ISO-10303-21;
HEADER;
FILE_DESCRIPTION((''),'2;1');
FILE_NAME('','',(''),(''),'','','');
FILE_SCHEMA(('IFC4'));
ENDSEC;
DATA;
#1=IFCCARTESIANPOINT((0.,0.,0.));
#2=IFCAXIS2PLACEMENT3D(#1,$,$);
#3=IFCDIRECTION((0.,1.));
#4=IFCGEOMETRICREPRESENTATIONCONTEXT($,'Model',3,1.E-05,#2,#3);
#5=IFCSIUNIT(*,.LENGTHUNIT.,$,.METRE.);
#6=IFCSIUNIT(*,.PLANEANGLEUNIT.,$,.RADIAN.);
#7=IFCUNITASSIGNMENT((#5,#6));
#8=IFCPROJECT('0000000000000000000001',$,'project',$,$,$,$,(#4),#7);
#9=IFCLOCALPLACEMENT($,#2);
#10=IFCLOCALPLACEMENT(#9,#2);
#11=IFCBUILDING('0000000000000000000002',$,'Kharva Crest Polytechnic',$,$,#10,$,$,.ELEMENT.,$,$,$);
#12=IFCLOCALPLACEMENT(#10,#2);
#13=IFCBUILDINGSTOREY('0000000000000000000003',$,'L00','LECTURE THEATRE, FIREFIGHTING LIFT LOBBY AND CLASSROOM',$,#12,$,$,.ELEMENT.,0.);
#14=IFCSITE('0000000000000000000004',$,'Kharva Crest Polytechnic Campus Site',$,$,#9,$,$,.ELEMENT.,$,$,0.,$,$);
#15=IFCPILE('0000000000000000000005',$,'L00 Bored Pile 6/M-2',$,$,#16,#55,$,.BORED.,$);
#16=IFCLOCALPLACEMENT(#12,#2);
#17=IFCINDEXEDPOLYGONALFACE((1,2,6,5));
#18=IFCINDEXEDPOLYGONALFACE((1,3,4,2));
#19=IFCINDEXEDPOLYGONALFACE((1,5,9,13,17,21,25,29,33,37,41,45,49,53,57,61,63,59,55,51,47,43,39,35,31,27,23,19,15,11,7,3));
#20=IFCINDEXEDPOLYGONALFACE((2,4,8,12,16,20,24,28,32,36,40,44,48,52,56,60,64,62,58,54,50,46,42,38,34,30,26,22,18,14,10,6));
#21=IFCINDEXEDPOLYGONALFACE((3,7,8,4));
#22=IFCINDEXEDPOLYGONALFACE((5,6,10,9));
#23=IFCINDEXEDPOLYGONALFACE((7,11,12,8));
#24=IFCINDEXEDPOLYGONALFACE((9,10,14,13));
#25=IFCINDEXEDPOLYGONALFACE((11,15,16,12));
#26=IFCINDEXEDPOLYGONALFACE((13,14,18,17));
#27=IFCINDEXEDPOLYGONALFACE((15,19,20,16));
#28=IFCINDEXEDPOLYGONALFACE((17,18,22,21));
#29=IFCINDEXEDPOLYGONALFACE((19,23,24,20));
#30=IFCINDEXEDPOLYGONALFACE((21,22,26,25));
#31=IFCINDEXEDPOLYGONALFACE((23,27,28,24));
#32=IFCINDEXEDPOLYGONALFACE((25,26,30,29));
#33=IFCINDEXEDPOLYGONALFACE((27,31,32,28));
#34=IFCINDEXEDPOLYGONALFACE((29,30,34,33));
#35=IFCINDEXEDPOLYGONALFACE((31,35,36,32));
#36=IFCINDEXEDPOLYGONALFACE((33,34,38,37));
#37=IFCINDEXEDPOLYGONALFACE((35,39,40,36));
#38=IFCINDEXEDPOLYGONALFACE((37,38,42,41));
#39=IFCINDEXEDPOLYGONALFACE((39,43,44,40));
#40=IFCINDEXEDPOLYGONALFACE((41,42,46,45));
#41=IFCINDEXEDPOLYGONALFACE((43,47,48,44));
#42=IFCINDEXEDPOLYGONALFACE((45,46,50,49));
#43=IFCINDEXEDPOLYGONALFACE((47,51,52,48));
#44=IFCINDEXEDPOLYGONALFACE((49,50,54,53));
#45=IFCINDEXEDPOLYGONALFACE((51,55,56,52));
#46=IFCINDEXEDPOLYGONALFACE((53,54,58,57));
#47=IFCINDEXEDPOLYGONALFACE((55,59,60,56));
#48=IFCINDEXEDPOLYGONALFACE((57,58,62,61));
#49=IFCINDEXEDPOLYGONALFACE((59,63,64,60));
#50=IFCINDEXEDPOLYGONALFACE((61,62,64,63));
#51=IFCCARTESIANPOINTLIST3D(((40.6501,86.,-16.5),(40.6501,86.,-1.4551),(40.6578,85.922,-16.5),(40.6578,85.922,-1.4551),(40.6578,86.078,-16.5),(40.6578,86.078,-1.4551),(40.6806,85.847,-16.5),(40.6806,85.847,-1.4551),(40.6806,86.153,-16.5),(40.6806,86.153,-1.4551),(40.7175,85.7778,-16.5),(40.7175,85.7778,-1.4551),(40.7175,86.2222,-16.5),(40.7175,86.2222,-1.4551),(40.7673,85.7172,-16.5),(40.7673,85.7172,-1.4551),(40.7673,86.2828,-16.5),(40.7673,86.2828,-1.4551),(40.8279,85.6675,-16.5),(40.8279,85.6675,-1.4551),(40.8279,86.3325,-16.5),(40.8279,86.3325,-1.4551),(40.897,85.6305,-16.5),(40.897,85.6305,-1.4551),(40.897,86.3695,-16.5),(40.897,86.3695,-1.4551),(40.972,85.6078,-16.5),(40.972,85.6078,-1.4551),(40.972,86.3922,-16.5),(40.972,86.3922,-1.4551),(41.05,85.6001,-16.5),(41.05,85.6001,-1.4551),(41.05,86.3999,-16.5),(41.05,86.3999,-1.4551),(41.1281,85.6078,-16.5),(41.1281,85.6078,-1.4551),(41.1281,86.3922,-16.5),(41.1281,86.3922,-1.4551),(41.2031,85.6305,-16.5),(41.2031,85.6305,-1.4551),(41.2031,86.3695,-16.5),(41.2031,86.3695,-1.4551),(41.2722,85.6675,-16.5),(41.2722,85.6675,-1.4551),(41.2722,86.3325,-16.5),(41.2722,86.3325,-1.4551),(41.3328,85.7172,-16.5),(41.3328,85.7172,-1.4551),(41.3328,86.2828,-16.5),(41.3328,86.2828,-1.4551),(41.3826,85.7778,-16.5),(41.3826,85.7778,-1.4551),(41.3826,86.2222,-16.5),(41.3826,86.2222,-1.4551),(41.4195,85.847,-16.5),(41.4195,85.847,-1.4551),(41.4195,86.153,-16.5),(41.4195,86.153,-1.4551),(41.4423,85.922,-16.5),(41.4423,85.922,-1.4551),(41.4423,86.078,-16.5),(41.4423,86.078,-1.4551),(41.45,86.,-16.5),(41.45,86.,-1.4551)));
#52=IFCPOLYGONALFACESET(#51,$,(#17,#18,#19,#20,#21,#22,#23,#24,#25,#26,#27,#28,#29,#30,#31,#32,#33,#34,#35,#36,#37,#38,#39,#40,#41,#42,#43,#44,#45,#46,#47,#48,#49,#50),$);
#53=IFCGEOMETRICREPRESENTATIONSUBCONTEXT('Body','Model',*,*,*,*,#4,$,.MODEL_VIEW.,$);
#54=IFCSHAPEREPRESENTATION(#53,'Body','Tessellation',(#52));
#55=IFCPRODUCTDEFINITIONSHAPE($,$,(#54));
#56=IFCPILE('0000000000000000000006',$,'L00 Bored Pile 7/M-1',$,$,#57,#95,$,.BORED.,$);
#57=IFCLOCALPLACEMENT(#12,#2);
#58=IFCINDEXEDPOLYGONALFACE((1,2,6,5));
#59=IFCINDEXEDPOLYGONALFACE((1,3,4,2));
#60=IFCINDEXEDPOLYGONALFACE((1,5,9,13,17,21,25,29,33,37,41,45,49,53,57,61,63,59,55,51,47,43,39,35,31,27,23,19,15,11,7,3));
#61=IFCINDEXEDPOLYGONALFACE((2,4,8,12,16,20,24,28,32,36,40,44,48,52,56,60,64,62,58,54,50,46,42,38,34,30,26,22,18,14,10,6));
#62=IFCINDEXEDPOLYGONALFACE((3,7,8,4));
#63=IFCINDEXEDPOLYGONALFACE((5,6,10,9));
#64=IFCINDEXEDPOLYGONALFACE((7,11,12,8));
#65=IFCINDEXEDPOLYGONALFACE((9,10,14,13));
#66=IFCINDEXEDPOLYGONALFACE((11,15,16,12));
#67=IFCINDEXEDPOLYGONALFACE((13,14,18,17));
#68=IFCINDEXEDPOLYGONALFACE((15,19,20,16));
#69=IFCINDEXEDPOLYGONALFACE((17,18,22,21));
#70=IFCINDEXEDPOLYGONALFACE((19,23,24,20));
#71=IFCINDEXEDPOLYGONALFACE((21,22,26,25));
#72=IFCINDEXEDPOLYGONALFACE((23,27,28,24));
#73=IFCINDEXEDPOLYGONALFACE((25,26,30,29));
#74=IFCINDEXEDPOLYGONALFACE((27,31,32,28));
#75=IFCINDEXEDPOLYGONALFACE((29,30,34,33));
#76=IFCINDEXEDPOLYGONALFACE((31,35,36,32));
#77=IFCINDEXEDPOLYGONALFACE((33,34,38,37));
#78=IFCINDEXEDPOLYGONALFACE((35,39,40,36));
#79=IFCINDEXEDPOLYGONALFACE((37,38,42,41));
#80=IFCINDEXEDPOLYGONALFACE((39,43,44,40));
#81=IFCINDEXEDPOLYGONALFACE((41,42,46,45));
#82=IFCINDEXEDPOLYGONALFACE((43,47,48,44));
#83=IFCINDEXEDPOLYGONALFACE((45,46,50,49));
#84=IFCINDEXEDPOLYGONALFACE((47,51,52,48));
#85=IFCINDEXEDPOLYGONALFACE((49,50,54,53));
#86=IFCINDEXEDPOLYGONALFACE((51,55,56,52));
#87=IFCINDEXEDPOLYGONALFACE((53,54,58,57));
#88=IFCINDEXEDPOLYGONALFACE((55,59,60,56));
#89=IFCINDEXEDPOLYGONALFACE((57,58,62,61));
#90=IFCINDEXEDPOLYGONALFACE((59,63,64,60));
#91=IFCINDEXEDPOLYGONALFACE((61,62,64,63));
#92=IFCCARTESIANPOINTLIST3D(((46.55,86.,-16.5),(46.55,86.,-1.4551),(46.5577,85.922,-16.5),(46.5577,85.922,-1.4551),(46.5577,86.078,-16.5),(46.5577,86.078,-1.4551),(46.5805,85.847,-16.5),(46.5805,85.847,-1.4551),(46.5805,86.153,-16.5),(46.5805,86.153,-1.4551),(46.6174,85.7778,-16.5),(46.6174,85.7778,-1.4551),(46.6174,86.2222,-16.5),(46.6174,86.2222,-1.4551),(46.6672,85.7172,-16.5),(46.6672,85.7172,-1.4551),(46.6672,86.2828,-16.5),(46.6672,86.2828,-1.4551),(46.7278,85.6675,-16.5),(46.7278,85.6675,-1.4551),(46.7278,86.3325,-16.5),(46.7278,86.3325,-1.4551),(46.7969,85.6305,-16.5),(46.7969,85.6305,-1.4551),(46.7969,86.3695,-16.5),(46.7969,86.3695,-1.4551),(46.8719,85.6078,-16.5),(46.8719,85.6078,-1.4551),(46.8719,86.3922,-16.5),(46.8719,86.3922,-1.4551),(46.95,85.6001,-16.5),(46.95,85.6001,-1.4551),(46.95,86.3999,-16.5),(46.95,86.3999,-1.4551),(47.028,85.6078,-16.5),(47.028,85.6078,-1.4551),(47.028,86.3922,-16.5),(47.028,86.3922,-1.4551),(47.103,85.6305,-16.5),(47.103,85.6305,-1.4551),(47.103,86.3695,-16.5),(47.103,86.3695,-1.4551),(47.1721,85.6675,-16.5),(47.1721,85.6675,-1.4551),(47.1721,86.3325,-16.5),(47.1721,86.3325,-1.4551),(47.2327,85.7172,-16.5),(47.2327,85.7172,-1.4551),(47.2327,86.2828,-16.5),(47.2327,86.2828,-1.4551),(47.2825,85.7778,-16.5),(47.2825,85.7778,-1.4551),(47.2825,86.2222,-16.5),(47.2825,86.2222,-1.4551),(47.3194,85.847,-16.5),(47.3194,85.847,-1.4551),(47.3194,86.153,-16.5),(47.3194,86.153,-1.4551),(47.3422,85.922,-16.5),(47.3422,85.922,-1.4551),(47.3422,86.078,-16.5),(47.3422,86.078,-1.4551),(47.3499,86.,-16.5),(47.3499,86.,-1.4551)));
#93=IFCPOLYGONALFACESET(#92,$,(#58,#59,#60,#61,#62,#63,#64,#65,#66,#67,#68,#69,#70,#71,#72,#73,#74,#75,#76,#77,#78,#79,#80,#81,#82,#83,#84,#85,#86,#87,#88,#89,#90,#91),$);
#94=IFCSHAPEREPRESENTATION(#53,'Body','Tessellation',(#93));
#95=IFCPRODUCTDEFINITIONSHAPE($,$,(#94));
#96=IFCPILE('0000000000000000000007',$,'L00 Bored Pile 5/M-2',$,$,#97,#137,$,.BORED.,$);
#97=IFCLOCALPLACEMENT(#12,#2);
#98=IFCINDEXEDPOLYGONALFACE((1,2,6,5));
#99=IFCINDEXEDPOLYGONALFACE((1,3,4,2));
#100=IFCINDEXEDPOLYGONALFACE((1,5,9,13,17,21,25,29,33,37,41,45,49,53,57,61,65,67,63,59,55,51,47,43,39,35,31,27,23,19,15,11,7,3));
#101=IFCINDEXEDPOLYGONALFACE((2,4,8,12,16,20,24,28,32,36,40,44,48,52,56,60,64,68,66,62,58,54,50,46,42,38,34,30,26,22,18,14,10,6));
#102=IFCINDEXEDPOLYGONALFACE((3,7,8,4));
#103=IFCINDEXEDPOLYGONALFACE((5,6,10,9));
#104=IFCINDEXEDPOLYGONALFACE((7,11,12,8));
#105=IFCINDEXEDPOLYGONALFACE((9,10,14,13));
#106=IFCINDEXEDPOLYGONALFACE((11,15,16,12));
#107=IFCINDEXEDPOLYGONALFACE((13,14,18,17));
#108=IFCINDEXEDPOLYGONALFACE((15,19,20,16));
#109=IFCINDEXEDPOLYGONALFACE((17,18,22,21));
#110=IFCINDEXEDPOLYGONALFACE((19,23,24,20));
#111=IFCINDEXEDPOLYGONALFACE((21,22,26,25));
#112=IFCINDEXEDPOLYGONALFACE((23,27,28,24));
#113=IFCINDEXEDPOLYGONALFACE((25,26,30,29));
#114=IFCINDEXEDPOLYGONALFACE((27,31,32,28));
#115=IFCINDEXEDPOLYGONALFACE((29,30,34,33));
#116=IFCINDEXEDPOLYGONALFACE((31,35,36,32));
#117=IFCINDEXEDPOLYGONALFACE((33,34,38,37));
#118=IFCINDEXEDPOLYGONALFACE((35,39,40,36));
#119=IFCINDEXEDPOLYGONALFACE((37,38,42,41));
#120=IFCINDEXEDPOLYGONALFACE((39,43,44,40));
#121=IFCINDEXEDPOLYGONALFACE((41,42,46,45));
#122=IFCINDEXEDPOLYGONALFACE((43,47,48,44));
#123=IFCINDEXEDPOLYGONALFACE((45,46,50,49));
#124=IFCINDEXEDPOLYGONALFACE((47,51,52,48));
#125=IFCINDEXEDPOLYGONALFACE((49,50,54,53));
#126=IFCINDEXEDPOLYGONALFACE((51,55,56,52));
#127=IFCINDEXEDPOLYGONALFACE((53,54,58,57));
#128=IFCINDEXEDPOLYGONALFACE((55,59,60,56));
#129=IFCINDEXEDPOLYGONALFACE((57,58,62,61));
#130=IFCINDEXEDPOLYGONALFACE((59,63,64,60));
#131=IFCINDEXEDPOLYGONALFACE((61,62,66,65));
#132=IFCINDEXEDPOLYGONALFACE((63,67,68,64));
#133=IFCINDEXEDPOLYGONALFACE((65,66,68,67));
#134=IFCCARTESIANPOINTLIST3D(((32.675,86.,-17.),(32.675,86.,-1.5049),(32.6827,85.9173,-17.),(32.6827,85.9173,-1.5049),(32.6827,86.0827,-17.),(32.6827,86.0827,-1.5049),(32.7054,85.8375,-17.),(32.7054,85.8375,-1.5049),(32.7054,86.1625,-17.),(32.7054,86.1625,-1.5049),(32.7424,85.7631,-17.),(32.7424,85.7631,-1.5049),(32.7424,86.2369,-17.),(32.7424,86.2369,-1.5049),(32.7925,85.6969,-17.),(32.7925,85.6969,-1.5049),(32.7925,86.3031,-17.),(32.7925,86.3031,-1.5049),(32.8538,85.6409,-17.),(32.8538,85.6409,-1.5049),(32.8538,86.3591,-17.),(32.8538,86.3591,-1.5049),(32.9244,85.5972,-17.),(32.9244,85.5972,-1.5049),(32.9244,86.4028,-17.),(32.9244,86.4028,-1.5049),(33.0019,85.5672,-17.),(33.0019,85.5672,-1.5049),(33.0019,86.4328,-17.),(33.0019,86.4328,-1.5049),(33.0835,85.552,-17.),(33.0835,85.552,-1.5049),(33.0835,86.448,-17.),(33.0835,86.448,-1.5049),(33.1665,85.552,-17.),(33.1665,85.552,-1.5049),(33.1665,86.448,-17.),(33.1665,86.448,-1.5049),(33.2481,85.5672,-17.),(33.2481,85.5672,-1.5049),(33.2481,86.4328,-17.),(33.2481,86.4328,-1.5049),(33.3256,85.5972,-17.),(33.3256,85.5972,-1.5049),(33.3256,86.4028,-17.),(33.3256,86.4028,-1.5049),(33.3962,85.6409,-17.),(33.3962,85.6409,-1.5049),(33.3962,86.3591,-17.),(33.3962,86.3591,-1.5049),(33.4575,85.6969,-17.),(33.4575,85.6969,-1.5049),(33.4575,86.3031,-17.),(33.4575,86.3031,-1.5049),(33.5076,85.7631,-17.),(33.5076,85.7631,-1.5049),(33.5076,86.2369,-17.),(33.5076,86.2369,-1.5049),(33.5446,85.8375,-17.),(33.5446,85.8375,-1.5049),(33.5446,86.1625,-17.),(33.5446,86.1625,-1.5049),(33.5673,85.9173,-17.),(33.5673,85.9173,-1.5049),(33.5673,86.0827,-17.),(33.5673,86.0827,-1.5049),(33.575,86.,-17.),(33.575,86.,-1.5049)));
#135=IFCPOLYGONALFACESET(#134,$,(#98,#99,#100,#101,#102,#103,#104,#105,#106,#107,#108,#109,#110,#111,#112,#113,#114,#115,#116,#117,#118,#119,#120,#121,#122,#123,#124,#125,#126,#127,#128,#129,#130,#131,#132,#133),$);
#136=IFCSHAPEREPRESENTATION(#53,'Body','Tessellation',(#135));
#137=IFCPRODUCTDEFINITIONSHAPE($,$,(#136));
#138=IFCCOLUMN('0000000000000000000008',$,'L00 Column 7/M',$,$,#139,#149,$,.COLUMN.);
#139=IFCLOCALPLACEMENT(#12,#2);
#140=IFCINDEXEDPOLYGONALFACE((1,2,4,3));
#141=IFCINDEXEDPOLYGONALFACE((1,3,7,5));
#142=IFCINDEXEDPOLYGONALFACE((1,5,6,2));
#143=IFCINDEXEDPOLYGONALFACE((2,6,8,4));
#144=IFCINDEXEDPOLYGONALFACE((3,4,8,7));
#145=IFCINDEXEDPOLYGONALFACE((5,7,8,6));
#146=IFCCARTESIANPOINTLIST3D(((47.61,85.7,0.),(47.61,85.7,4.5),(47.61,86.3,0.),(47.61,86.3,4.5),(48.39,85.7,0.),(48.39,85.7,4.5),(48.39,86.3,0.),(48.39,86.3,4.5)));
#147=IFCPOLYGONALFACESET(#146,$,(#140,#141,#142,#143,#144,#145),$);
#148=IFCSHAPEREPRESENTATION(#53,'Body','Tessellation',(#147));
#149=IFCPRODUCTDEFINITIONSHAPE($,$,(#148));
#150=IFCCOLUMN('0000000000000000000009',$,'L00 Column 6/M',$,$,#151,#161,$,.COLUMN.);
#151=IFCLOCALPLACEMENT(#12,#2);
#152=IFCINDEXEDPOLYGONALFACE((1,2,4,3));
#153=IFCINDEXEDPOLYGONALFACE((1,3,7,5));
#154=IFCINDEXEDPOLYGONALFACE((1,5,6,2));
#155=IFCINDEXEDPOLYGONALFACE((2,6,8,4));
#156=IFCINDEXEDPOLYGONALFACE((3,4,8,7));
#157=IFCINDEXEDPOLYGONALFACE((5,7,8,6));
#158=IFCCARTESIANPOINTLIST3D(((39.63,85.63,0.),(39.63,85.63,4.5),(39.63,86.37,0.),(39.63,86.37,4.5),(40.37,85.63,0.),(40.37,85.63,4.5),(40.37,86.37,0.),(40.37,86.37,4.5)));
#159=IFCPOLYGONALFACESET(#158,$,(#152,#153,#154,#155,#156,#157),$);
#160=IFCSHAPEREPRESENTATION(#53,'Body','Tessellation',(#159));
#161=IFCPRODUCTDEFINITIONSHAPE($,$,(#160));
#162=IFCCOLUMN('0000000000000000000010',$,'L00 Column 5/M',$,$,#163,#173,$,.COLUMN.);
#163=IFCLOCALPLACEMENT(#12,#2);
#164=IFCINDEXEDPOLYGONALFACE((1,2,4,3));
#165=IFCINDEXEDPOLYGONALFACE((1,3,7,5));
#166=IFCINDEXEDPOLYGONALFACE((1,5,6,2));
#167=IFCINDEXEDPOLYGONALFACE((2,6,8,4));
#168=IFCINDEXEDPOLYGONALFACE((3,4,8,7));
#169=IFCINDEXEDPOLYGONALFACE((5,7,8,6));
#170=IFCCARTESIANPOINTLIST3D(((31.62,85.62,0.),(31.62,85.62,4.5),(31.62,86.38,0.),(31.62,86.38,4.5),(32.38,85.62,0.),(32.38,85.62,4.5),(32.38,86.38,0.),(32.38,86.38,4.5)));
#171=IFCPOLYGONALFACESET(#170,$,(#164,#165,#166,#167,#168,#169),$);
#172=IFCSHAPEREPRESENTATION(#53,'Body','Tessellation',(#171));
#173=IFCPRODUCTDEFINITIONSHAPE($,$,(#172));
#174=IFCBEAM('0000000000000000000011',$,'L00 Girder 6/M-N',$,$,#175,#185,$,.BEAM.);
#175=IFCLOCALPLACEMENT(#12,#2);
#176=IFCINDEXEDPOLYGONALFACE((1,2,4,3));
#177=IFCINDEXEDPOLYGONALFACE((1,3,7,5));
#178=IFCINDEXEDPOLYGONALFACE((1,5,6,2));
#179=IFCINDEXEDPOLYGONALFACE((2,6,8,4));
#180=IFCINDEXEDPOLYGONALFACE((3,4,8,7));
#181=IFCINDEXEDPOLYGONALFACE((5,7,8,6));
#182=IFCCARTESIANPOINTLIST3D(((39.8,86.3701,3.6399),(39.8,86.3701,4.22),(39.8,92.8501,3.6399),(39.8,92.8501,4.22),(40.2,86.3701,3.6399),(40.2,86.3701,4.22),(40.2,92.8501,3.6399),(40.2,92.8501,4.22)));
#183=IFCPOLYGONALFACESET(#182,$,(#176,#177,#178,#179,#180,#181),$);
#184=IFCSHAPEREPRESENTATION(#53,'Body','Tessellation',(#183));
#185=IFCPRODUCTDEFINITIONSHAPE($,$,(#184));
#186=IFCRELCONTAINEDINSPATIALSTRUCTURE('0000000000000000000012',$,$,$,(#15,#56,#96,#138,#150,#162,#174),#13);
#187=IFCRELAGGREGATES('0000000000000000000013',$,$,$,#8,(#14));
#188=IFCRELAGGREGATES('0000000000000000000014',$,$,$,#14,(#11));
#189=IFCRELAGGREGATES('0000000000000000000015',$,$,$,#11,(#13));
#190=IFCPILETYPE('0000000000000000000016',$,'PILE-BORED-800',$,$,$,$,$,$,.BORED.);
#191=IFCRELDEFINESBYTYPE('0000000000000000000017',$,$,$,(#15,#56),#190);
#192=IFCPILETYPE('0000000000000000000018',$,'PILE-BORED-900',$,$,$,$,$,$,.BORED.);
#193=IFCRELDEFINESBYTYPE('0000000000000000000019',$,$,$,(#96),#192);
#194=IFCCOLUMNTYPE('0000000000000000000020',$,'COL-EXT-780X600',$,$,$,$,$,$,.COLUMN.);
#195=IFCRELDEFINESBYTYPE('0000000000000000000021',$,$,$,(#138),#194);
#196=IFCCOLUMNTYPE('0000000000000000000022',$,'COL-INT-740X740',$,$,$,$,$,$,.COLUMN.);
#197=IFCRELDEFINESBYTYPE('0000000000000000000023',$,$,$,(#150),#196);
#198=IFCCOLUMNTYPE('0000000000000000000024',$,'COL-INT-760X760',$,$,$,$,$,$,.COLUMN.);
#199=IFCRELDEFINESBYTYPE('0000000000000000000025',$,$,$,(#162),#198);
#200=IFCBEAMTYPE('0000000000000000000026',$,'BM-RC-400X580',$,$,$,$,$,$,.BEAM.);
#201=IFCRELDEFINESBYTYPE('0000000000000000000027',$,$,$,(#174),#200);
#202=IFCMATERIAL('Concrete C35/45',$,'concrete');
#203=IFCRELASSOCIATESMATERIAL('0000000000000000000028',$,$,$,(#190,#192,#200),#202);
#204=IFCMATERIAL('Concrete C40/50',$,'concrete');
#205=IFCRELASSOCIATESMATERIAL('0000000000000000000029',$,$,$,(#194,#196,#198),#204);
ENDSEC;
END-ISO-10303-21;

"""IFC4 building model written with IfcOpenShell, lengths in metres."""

from ifc_helpers import new_model, si_unit, direction, frame, origin, origin_2d, place, context, subcontext, project, spatial, rectangle, circle, extrude, material, material_profile, profile_set, type_object, element, save


model = new_model("IFC4")

# Units and contexts
model_context = context("Model", 3, precision=1e-05, world=origin(), true_north=direction((0.0, 1.0)))
body_context = subcontext(model_context, "Body", "Model", "MODEL_VIEW")
ifc_project = project(units=[si_unit("LENGTHUNIT", "METRE"), si_unit("PLANEANGLEUNIT", "RADIAN")], contexts=[model_context])

# Site, building, storey
site_placement = place(None, origin())
site = spatial("IfcSite", under=ifc_project, at=site_placement, Name="Kharva Crest Polytechnic Campus Site", CompositionType="ELEMENT", RefElevation=0.0)
building_placement = place(site_placement, origin())
building = spatial("IfcBuilding", under=site, at=building_placement, Name="Kharva Crest Polytechnic", CompositionType="ELEMENT")
storey_placement = place(building_placement, origin())
storey = spatial("IfcBuildingStorey", under=building, at=storey_placement, Name="L00", Description="LECTURE THEATRE, FIREFIGHTING LIFT LOBBY AND CLASSROOM", CompositionType="ELEMENT", Elevation=0.0)

# Shared definitions
ifc_material_1 = material(Name="Concrete C35/45", Category="concrete")

# Piles
ifc_material_profile_1 = material_profile(ifc_material_1, circle(Radius=0.3999, at=origin_2d()), Name="DIA 800")
ifc_profile_set_1 = profile_set([ifc_material_profile_1], Name="Concrete C35/45")
pile_type_1 = type_object("IfcPileType", Name="PILE-BORED-800", PredefinedType="BORED", material=ifc_profile_set_1)
for number, where, z_axis, x_axis, name in (
    (1, (41.05, 86.0, -1.4551), (0.0, 0.0, -1.0), (1.0, 0.0, 0.0), "L00 Bored Pile 6/M-2"),
    (2, (46.95, 86.0, -1.4551), (0.0, 0.0, -1.0), (1.0, 0.0, 0.0), "L00 Bored Pile 7/M-1"),
):
    element("IfcPile", number, at=place(storey_placement, frame(where, z_axis=z_axis, x_axis=x_axis)), inside=storey, type_object=pile_type_1, Name=name, PredefinedType="BORED", context=body_context, shape_type="SweptSolid", body=[
        extrude(circle(Radius=0.3999, at=origin_2d()), origin(), (0.0, 0.0, 1.0), 15.0449),
    ])
ifc_material_profile_2 = material_profile(ifc_material_1, circle(Radius=0.45, at=origin_2d()), Name="DIA 900")
ifc_profile_set_2 = profile_set([ifc_material_profile_2], Name="Concrete C35/45")
pile_type_2 = type_object("IfcPileType", Name="PILE-BORED-900", PredefinedType="BORED", material=ifc_profile_set_2)
pile_placement = place(storey_placement, frame((33.125, 86.0, -1.5049), z_axis=(0.0, 0.0, -1.0), x_axis=(1.0, 0.0, 0.0)))
element("IfcPile", 3, at=pile_placement, inside=storey, type_object=pile_type_2, Name="L00 Bored Pile 5/M-2", PredefinedType="BORED", context=body_context, shape_type="SweptSolid", body=[
    extrude(circle(Radius=0.45, at=origin_2d()), origin(), (0.0, 0.0, 1.0), 15.4951),
])

# Columns
ifc_material_2 = material(Name="Concrete C40/50", Category="concrete")
ifc_material_profile_3 = material_profile(ifc_material_2, rectangle(XDim=0.78, YDim=0.6001, at=origin_2d()), Name="RECT 780 X 600")
ifc_profile_set_3 = profile_set([ifc_material_profile_3], Name="Concrete C40/50")
column_type_1 = type_object("IfcColumnType", Name="COL-EXT-780X600", PredefinedType="COLUMN", material=ifc_profile_set_3)
column_1_placement = place(storey_placement, frame((48.0, 86.0, 0.0), z_axis=(0.0, 0.0, 1.0), x_axis=(1.0, 0.0, 0.0)))
element("IfcColumn", 4, at=column_1_placement, inside=storey, type_object=column_type_1, Name="L00 Column 7/M", PredefinedType="COLUMN", context=body_context, shape_type="SweptSolid", body=[
    extrude(rectangle(XDim=0.78, YDim=0.6001, at=origin_2d()), origin(), (0.0, 0.0, 1.0), 4.5),
])
ifc_material_profile_4 = material_profile(ifc_material_2, rectangle(XDim=0.74, YDim=0.74, at=origin_2d()), Name="RECT 740 X 740")
ifc_profile_set_4 = profile_set([ifc_material_profile_4], Name="Concrete C40/50")
column_type_2 = type_object("IfcColumnType", Name="COL-INT-740X740", PredefinedType="COLUMN", material=ifc_profile_set_4)
column_2_placement = place(storey_placement, frame((40.0, 86.0, 0.0), z_axis=(0.0, 0.0, 1.0), x_axis=(1.0, 0.0, 0.0)))
element("IfcColumn", 5, at=column_2_placement, inside=storey, type_object=column_type_2, Name="L00 Column 6/M", PredefinedType="COLUMN", context=body_context, shape_type="SweptSolid", body=[
    extrude(rectangle(XDim=0.74, YDim=0.74, at=origin_2d()), origin(), (0.0, 0.0, 1.0), 4.5),
])
ifc_material_profile_5 = material_profile(ifc_material_2, rectangle(XDim=0.76, YDim=0.76, at=origin_2d()), Name="RECT 760 X 760")
ifc_profile_set_5 = profile_set([ifc_material_profile_5], Name="Concrete C40/50")
column_type_3 = type_object("IfcColumnType", Name="COL-INT-760X760", PredefinedType="COLUMN", material=ifc_profile_set_5)
column_3_placement = place(storey_placement, frame((32.0, 86.0, 0.0), z_axis=(0.0, 0.0, 1.0), x_axis=(1.0, 0.0, 0.0)))
element("IfcColumn", 6, at=column_3_placement, inside=storey, type_object=column_type_3, Name="L00 Column 5/M", PredefinedType="COLUMN", context=body_context, shape_type="SweptSolid", body=[
    extrude(rectangle(XDim=0.76, YDim=0.76, at=origin_2d()), origin(), (0.0, 0.0, 1.0), 4.5),
])

# Beam
ifc_material_profile_6 = material_profile(ifc_material_1, rectangle(XDim=0.3999, YDim=0.5801, at=origin_2d()), Name="RECT 400 X 580")
ifc_profile_set_6 = profile_set([ifc_material_profile_6], Name="Concrete C35/45")
beam_type_1 = type_object("IfcBeamType", Name="BM-RC-400X580", PredefinedType="BEAM", material=ifc_profile_set_6)
beam_1_placement = place(storey_placement, frame((40.0, 86.3701, 3.9299), z_axis=(0.0, 1.0, 0.0), x_axis=(-1.0, 0.0, 0.0)))
element("IfcBeam", 7, at=beam_1_placement, inside=storey, type_object=beam_type_1, Name="L00 Girder 6/M-N", PredefinedType="BEAM", context=body_context, shape_type="SweptSolid", body=[
    extrude(rectangle(XDim=0.3999, YDim=0.5801, at=origin_2d()), origin(), (0.0, 0.0, 1.0), 6.48),
])

save(model, "model.ifc")
